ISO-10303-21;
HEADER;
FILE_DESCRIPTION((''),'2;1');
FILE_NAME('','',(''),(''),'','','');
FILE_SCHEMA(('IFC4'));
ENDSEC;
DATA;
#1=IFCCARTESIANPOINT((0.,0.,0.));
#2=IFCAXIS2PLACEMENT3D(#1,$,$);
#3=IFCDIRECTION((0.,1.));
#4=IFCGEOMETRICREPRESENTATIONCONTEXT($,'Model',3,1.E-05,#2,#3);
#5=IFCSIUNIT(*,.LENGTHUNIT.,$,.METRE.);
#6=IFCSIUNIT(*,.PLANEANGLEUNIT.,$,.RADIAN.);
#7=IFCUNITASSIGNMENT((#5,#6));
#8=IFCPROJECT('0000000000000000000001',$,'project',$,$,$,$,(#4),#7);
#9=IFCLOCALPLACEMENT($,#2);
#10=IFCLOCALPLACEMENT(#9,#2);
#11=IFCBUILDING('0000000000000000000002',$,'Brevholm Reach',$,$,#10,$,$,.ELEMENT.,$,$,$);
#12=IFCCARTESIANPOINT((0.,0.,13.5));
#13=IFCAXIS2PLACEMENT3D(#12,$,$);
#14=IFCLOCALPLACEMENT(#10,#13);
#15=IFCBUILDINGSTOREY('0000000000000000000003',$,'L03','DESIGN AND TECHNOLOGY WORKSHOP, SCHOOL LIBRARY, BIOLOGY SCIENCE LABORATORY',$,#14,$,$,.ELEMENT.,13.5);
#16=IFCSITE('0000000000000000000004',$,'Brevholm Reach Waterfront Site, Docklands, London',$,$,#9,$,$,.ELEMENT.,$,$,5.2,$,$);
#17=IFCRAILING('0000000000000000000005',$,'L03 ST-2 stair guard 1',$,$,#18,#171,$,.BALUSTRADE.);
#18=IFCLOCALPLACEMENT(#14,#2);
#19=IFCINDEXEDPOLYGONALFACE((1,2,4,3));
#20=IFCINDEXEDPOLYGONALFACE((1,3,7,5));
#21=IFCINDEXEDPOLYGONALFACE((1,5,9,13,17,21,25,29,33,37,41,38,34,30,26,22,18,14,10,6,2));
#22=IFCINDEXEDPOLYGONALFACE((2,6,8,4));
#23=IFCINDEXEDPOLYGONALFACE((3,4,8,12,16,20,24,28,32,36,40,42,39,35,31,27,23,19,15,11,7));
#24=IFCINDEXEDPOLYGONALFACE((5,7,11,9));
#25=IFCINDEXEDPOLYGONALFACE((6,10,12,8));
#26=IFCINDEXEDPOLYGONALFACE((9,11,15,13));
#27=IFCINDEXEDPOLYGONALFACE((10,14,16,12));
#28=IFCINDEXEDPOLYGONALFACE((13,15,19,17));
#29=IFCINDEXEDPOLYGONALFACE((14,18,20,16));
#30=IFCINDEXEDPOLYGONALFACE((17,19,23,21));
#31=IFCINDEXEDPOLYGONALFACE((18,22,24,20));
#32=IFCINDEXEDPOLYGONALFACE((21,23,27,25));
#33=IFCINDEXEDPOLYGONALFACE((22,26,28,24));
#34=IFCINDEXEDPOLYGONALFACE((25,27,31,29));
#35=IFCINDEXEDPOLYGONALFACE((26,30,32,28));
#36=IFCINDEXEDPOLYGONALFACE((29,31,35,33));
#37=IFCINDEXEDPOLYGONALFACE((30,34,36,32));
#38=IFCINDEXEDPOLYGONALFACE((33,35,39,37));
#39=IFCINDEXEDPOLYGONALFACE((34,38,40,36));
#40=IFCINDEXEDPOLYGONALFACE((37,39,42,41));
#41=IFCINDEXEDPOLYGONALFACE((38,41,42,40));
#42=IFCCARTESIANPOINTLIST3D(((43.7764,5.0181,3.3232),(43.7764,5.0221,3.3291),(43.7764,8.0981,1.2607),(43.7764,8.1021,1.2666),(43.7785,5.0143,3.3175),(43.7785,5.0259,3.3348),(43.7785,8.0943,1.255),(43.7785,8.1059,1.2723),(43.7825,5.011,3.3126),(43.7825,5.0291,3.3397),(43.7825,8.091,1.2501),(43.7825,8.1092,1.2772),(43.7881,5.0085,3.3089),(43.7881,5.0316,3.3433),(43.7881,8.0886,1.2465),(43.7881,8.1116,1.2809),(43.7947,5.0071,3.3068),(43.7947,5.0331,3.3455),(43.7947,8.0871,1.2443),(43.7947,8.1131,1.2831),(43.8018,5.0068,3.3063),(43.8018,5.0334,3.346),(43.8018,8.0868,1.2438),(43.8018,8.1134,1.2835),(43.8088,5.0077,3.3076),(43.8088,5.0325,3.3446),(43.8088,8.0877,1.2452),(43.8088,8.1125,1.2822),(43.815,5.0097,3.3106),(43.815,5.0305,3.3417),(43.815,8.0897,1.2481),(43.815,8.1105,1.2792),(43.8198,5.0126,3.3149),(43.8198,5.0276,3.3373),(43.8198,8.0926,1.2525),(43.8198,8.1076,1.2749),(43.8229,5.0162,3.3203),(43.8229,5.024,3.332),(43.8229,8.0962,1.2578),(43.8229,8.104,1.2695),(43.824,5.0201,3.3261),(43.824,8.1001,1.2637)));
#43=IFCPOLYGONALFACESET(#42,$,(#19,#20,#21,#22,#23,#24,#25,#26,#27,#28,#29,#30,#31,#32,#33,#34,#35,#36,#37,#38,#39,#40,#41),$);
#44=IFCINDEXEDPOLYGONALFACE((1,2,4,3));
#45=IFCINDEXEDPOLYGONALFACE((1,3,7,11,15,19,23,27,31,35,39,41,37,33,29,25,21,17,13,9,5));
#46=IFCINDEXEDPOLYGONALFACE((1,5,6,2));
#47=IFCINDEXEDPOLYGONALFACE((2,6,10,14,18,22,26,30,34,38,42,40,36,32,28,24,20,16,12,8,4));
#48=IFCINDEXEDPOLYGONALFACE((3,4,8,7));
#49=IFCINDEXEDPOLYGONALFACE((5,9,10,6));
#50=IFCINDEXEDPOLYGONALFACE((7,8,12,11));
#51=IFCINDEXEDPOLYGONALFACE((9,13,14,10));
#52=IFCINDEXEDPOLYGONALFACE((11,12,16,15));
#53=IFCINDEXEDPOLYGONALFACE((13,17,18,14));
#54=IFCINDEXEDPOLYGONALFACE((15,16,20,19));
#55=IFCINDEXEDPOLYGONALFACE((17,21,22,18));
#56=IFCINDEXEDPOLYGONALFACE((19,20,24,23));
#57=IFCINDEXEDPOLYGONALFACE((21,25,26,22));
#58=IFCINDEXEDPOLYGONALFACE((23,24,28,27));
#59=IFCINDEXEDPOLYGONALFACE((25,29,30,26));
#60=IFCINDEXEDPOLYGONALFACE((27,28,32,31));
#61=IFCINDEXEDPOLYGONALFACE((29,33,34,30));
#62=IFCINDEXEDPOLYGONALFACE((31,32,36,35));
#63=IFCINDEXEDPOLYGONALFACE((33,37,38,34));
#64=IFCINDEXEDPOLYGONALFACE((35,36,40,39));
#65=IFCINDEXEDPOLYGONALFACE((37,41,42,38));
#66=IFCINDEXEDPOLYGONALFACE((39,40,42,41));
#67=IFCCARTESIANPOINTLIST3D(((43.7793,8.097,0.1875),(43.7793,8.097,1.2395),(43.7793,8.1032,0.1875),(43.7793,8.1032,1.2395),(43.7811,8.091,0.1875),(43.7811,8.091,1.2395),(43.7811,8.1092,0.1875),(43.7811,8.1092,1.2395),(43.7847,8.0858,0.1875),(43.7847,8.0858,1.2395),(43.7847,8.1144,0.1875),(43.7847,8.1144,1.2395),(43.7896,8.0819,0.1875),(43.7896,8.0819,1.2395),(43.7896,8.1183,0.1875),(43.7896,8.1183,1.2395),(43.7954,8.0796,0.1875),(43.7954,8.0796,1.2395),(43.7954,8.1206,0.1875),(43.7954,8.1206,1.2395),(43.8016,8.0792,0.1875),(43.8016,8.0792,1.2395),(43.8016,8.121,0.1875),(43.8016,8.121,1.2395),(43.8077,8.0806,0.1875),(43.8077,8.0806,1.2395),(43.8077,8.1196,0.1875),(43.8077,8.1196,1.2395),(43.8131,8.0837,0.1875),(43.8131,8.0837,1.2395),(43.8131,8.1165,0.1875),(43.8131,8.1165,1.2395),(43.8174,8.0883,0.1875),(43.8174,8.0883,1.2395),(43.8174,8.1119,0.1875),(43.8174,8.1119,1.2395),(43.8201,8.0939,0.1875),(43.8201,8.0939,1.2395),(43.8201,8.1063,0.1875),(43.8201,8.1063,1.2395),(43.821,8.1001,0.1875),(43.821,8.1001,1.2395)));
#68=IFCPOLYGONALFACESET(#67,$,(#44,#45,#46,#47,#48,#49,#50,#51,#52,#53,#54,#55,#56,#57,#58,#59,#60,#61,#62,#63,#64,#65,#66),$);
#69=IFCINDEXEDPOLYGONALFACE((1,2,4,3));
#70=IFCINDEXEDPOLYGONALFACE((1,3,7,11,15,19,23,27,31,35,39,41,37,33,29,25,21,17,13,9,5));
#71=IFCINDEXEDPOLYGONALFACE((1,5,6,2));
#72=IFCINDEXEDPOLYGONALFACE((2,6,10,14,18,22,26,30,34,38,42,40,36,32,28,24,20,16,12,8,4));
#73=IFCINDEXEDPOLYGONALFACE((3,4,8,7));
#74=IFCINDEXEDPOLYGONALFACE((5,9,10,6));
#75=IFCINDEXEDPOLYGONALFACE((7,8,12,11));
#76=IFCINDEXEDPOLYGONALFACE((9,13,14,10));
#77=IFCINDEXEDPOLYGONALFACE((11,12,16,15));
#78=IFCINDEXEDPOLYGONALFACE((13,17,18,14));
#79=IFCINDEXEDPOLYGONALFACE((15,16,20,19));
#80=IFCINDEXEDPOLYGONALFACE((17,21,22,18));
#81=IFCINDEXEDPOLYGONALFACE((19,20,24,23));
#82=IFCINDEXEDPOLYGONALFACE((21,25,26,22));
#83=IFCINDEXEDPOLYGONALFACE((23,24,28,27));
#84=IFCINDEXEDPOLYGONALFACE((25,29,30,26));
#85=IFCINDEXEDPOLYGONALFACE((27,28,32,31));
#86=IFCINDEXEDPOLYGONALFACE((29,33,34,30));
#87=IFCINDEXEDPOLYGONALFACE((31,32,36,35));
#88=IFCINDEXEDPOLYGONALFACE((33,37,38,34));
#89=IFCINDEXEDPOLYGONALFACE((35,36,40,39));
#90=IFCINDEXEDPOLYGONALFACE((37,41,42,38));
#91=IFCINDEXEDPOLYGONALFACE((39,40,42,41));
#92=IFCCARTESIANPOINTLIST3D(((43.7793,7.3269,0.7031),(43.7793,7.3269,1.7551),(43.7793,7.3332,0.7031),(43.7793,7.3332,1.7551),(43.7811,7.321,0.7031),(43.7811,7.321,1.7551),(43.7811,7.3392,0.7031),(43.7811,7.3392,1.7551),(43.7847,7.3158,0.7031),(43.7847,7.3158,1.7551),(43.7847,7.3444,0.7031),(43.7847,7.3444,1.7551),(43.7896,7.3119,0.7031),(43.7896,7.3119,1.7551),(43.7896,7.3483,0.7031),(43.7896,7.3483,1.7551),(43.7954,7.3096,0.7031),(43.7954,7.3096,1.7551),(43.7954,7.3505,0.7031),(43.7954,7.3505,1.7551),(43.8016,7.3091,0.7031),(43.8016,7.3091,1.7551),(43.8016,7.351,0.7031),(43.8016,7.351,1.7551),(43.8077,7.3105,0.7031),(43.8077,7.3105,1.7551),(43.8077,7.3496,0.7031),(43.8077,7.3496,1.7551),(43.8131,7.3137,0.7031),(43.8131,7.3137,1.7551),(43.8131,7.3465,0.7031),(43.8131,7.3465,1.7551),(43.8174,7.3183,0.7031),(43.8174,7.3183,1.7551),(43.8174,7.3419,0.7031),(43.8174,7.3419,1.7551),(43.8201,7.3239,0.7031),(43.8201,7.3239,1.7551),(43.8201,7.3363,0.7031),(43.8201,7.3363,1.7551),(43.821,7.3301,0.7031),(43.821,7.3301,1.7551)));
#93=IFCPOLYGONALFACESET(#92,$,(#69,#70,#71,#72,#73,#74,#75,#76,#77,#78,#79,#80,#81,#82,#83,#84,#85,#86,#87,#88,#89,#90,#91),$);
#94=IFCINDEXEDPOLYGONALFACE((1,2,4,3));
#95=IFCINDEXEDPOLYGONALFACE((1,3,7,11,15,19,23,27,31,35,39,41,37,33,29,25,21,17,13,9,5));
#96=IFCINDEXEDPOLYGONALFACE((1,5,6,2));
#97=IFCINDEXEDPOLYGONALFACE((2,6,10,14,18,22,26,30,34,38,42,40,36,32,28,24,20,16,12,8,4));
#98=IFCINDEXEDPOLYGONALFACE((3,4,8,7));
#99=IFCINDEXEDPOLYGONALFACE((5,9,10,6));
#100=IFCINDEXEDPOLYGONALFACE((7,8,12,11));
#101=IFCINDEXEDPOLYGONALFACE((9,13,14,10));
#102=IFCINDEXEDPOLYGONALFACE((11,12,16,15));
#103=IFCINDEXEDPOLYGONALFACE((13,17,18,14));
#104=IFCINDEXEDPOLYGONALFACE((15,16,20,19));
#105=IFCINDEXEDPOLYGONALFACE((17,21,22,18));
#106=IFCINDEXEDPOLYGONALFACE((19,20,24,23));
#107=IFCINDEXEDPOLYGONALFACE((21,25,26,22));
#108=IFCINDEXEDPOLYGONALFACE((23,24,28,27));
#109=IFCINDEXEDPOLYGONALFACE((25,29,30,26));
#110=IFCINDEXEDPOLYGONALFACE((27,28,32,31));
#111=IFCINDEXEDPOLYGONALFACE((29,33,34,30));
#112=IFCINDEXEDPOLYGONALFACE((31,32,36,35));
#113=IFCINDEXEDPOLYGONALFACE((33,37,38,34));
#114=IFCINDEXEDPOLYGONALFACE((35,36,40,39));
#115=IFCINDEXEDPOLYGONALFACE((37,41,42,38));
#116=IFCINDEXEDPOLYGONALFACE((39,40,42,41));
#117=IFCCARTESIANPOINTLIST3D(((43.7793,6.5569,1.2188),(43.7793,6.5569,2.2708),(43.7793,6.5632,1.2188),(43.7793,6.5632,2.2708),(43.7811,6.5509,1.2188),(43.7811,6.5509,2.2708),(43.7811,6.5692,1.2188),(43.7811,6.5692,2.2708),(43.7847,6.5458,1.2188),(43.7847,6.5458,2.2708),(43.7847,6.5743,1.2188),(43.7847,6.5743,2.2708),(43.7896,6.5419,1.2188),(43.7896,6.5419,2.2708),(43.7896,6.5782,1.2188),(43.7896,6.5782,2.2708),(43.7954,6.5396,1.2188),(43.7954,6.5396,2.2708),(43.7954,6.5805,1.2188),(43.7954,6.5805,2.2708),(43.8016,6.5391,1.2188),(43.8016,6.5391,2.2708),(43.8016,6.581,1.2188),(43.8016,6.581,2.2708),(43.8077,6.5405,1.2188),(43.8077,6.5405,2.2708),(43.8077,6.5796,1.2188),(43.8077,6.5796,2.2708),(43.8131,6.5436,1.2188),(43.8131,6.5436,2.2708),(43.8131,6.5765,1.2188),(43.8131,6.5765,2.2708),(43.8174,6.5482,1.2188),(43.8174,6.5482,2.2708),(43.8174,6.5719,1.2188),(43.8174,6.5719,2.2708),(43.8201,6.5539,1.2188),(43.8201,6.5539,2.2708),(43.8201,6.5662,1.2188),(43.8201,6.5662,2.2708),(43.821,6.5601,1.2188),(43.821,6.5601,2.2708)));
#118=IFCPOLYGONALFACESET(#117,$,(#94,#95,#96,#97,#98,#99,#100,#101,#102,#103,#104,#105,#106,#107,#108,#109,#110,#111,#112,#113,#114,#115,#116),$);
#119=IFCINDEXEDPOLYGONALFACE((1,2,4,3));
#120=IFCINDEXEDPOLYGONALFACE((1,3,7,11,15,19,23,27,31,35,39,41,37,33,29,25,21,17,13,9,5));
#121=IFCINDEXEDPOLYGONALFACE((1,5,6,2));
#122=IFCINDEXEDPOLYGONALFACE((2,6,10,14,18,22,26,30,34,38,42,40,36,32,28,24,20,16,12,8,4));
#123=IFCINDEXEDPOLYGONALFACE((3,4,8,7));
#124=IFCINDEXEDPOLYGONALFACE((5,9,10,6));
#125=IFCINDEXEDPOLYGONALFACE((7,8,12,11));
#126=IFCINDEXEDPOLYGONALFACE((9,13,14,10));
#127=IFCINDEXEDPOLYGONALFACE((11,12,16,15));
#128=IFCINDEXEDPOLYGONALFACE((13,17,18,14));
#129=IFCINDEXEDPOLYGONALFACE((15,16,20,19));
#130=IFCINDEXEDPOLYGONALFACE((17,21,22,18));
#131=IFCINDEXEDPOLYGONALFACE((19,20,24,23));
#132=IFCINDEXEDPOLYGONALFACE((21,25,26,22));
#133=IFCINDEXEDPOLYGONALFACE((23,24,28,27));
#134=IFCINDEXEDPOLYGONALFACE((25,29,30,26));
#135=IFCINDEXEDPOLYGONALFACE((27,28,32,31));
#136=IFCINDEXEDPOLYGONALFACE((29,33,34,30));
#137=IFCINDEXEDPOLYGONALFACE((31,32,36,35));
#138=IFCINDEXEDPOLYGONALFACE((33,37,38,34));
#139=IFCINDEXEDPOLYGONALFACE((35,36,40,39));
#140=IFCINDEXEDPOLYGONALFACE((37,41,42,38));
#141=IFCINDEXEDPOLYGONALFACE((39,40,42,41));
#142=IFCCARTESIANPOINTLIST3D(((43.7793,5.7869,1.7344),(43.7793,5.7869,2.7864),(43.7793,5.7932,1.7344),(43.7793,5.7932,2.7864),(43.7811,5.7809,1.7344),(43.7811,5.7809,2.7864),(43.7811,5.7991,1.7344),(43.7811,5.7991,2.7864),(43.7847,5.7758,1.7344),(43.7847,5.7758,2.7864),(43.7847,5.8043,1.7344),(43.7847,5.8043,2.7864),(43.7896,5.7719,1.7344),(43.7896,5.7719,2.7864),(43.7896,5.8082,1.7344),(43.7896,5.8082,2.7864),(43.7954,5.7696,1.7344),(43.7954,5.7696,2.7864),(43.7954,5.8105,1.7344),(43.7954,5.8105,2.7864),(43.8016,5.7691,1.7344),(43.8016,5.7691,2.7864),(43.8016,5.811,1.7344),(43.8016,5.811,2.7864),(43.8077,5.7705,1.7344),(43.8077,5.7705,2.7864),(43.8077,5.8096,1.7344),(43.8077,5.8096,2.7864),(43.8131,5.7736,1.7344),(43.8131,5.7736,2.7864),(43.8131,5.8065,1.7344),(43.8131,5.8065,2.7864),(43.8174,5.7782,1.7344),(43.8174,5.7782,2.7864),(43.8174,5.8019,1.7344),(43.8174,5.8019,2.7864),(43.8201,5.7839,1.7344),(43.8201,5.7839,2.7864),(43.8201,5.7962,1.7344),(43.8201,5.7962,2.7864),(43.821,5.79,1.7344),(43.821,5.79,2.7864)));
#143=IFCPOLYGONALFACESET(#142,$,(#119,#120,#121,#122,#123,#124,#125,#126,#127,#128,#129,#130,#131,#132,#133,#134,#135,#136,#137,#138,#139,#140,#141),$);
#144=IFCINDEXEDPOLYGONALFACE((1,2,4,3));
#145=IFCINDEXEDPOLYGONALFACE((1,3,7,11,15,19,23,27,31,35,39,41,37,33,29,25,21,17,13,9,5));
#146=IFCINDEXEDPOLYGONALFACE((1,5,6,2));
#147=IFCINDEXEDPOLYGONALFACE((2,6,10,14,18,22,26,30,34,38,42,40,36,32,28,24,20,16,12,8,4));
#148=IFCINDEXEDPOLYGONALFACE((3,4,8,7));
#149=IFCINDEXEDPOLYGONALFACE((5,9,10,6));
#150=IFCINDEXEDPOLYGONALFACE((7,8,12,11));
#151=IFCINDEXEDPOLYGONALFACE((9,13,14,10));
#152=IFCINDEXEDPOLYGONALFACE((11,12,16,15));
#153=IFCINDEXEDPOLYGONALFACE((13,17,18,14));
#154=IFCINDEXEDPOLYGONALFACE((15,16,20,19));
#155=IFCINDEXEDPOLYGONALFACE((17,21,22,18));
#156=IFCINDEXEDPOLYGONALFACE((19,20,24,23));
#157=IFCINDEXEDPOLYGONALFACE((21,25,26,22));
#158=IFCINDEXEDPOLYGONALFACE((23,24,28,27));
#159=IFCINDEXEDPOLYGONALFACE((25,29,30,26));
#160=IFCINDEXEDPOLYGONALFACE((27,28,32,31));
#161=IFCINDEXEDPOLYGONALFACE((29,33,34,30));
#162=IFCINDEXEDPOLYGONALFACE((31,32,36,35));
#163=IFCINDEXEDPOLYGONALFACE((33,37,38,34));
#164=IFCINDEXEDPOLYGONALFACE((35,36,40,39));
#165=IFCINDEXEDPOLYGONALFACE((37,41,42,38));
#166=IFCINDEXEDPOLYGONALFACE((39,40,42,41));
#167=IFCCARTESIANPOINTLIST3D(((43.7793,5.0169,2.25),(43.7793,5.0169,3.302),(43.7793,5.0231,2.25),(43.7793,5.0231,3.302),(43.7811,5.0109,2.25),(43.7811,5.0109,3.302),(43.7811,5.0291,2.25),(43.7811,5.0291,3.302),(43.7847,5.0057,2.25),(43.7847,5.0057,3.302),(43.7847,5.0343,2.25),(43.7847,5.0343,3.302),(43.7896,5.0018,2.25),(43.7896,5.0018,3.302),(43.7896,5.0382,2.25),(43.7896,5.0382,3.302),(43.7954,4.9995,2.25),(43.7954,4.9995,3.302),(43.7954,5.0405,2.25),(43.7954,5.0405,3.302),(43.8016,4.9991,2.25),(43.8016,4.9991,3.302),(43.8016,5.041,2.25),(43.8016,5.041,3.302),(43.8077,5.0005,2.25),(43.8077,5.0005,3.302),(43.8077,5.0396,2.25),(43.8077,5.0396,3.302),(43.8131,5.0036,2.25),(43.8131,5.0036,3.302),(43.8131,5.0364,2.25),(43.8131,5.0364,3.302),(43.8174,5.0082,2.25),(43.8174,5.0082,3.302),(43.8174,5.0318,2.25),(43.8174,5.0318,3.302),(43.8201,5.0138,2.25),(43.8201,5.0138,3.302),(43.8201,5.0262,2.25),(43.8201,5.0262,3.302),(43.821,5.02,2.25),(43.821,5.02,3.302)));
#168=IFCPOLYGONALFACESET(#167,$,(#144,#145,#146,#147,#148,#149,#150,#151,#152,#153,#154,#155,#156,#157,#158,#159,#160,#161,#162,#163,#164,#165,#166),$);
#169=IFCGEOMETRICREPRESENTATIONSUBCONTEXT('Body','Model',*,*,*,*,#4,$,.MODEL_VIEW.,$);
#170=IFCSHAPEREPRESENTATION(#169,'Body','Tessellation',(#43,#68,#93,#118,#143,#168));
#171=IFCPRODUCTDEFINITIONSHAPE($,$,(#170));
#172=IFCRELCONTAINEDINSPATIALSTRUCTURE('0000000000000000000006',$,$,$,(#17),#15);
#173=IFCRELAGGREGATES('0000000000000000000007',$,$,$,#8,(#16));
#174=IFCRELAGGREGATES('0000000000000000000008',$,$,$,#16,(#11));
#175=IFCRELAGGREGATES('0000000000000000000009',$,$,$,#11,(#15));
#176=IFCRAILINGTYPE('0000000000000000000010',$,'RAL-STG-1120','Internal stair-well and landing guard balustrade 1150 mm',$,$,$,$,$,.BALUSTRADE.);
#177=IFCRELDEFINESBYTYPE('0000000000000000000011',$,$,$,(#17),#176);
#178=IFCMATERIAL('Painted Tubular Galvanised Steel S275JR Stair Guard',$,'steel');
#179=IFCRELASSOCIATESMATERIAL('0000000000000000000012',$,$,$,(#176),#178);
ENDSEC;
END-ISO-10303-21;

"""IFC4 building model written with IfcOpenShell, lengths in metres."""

from ifc_helpers import new_model, si_unit, direction, frame, origin, origin_2d, place, context, subcontext, project, spatial, circle, extrude, material, type_object, element, save


model = new_model("IFC4")

# Units and contexts
model_context = context("Model", 3, precision=1e-05, world=origin(), true_north=direction((0.0, 1.0)))
body_context = subcontext(model_context, "Body", "Model", "MODEL_VIEW")
ifc_project = project(units=[si_unit("LENGTHUNIT", "METRE"), si_unit("PLANEANGLEUNIT", "RADIAN")], contexts=[model_context])

# Site, building, storey
site_placement = place(None, origin())
site = spatial("IfcSite", under=ifc_project, at=site_placement, Name="Brevholm Reach Waterfront Site, Docklands, London", CompositionType="ELEMENT", RefElevation=5.2)
building_placement = place(site_placement, origin())
building = spatial("IfcBuilding", under=site, at=building_placement, Name="Brevholm Reach", CompositionType="ELEMENT")
storey_placement = place(building_placement, frame((0.0, 0.0, 13.5)))
storey = spatial("IfcBuildingStorey", under=building, at=storey_placement, Name="L03", Description="DESIGN AND TECHNOLOGY WORKSHOP, SCHOOL LIBRARY, BIOLOGY SCIENCE LABORATORY", CompositionType="ELEMENT", Elevation=13.5)

# Railing
ifc_material_1 = material(Name="Painted Tubular Galvanised Steel S275JR Stair Guard", Category="steel")
railing_type = type_object("IfcRailingType", Name="RAL-STG-1120", Description="Internal stair-well and landing guard balustrade 1150 mm", PredefinedType="BALUSTRADE", material=ifc_material_1)
railing_1_placement = place(storey_placement, frame((43.8, 8.1001, 0.1875)))
element("IfcRailing", 1, at=railing_1_placement, inside=storey, type_object=railing_type, Name="L03 ST-2 stair guard 1", PredefinedType="BALUSTRADE", context=body_context, shape_type="SweptSolid", body=[
    extrude(circle(Radius=0.0239, at=origin_2d()), frame((0.0, 0.0, 1.0762), z_axis=(0.0, -0.830914, 0.556401), x_axis=(1.0, 0.0, 0.0)), (0.0, 0.0, 1.0), 3.7068),
    extrude(circle(Radius=0.021, at=origin_2d()), origin(), (0.0, 0.0, 1.0), 1.052),
    extrude(circle(Radius=0.021, at=origin_2d()), frame((0.0, -0.77, 0.5156)), (0.0, 0.0, 1.0), 1.052),
    extrude(circle(Radius=0.021, at=origin_2d()), frame((0.0, -1.54, 1.0312)), (0.0, 0.0, 1.0), 1.052),
    extrude(circle(Radius=0.021, at=origin_2d()), frame((0.0, -2.3101, 1.5469)), (0.0, 0.0, 1.0), 1.052),
    extrude(circle(Radius=0.021, at=origin_2d()), frame((0.0, -3.0801, 2.0625)), (0.0, 0.0, 1.0), 1.052),
])

save(model, "model.ifc")
